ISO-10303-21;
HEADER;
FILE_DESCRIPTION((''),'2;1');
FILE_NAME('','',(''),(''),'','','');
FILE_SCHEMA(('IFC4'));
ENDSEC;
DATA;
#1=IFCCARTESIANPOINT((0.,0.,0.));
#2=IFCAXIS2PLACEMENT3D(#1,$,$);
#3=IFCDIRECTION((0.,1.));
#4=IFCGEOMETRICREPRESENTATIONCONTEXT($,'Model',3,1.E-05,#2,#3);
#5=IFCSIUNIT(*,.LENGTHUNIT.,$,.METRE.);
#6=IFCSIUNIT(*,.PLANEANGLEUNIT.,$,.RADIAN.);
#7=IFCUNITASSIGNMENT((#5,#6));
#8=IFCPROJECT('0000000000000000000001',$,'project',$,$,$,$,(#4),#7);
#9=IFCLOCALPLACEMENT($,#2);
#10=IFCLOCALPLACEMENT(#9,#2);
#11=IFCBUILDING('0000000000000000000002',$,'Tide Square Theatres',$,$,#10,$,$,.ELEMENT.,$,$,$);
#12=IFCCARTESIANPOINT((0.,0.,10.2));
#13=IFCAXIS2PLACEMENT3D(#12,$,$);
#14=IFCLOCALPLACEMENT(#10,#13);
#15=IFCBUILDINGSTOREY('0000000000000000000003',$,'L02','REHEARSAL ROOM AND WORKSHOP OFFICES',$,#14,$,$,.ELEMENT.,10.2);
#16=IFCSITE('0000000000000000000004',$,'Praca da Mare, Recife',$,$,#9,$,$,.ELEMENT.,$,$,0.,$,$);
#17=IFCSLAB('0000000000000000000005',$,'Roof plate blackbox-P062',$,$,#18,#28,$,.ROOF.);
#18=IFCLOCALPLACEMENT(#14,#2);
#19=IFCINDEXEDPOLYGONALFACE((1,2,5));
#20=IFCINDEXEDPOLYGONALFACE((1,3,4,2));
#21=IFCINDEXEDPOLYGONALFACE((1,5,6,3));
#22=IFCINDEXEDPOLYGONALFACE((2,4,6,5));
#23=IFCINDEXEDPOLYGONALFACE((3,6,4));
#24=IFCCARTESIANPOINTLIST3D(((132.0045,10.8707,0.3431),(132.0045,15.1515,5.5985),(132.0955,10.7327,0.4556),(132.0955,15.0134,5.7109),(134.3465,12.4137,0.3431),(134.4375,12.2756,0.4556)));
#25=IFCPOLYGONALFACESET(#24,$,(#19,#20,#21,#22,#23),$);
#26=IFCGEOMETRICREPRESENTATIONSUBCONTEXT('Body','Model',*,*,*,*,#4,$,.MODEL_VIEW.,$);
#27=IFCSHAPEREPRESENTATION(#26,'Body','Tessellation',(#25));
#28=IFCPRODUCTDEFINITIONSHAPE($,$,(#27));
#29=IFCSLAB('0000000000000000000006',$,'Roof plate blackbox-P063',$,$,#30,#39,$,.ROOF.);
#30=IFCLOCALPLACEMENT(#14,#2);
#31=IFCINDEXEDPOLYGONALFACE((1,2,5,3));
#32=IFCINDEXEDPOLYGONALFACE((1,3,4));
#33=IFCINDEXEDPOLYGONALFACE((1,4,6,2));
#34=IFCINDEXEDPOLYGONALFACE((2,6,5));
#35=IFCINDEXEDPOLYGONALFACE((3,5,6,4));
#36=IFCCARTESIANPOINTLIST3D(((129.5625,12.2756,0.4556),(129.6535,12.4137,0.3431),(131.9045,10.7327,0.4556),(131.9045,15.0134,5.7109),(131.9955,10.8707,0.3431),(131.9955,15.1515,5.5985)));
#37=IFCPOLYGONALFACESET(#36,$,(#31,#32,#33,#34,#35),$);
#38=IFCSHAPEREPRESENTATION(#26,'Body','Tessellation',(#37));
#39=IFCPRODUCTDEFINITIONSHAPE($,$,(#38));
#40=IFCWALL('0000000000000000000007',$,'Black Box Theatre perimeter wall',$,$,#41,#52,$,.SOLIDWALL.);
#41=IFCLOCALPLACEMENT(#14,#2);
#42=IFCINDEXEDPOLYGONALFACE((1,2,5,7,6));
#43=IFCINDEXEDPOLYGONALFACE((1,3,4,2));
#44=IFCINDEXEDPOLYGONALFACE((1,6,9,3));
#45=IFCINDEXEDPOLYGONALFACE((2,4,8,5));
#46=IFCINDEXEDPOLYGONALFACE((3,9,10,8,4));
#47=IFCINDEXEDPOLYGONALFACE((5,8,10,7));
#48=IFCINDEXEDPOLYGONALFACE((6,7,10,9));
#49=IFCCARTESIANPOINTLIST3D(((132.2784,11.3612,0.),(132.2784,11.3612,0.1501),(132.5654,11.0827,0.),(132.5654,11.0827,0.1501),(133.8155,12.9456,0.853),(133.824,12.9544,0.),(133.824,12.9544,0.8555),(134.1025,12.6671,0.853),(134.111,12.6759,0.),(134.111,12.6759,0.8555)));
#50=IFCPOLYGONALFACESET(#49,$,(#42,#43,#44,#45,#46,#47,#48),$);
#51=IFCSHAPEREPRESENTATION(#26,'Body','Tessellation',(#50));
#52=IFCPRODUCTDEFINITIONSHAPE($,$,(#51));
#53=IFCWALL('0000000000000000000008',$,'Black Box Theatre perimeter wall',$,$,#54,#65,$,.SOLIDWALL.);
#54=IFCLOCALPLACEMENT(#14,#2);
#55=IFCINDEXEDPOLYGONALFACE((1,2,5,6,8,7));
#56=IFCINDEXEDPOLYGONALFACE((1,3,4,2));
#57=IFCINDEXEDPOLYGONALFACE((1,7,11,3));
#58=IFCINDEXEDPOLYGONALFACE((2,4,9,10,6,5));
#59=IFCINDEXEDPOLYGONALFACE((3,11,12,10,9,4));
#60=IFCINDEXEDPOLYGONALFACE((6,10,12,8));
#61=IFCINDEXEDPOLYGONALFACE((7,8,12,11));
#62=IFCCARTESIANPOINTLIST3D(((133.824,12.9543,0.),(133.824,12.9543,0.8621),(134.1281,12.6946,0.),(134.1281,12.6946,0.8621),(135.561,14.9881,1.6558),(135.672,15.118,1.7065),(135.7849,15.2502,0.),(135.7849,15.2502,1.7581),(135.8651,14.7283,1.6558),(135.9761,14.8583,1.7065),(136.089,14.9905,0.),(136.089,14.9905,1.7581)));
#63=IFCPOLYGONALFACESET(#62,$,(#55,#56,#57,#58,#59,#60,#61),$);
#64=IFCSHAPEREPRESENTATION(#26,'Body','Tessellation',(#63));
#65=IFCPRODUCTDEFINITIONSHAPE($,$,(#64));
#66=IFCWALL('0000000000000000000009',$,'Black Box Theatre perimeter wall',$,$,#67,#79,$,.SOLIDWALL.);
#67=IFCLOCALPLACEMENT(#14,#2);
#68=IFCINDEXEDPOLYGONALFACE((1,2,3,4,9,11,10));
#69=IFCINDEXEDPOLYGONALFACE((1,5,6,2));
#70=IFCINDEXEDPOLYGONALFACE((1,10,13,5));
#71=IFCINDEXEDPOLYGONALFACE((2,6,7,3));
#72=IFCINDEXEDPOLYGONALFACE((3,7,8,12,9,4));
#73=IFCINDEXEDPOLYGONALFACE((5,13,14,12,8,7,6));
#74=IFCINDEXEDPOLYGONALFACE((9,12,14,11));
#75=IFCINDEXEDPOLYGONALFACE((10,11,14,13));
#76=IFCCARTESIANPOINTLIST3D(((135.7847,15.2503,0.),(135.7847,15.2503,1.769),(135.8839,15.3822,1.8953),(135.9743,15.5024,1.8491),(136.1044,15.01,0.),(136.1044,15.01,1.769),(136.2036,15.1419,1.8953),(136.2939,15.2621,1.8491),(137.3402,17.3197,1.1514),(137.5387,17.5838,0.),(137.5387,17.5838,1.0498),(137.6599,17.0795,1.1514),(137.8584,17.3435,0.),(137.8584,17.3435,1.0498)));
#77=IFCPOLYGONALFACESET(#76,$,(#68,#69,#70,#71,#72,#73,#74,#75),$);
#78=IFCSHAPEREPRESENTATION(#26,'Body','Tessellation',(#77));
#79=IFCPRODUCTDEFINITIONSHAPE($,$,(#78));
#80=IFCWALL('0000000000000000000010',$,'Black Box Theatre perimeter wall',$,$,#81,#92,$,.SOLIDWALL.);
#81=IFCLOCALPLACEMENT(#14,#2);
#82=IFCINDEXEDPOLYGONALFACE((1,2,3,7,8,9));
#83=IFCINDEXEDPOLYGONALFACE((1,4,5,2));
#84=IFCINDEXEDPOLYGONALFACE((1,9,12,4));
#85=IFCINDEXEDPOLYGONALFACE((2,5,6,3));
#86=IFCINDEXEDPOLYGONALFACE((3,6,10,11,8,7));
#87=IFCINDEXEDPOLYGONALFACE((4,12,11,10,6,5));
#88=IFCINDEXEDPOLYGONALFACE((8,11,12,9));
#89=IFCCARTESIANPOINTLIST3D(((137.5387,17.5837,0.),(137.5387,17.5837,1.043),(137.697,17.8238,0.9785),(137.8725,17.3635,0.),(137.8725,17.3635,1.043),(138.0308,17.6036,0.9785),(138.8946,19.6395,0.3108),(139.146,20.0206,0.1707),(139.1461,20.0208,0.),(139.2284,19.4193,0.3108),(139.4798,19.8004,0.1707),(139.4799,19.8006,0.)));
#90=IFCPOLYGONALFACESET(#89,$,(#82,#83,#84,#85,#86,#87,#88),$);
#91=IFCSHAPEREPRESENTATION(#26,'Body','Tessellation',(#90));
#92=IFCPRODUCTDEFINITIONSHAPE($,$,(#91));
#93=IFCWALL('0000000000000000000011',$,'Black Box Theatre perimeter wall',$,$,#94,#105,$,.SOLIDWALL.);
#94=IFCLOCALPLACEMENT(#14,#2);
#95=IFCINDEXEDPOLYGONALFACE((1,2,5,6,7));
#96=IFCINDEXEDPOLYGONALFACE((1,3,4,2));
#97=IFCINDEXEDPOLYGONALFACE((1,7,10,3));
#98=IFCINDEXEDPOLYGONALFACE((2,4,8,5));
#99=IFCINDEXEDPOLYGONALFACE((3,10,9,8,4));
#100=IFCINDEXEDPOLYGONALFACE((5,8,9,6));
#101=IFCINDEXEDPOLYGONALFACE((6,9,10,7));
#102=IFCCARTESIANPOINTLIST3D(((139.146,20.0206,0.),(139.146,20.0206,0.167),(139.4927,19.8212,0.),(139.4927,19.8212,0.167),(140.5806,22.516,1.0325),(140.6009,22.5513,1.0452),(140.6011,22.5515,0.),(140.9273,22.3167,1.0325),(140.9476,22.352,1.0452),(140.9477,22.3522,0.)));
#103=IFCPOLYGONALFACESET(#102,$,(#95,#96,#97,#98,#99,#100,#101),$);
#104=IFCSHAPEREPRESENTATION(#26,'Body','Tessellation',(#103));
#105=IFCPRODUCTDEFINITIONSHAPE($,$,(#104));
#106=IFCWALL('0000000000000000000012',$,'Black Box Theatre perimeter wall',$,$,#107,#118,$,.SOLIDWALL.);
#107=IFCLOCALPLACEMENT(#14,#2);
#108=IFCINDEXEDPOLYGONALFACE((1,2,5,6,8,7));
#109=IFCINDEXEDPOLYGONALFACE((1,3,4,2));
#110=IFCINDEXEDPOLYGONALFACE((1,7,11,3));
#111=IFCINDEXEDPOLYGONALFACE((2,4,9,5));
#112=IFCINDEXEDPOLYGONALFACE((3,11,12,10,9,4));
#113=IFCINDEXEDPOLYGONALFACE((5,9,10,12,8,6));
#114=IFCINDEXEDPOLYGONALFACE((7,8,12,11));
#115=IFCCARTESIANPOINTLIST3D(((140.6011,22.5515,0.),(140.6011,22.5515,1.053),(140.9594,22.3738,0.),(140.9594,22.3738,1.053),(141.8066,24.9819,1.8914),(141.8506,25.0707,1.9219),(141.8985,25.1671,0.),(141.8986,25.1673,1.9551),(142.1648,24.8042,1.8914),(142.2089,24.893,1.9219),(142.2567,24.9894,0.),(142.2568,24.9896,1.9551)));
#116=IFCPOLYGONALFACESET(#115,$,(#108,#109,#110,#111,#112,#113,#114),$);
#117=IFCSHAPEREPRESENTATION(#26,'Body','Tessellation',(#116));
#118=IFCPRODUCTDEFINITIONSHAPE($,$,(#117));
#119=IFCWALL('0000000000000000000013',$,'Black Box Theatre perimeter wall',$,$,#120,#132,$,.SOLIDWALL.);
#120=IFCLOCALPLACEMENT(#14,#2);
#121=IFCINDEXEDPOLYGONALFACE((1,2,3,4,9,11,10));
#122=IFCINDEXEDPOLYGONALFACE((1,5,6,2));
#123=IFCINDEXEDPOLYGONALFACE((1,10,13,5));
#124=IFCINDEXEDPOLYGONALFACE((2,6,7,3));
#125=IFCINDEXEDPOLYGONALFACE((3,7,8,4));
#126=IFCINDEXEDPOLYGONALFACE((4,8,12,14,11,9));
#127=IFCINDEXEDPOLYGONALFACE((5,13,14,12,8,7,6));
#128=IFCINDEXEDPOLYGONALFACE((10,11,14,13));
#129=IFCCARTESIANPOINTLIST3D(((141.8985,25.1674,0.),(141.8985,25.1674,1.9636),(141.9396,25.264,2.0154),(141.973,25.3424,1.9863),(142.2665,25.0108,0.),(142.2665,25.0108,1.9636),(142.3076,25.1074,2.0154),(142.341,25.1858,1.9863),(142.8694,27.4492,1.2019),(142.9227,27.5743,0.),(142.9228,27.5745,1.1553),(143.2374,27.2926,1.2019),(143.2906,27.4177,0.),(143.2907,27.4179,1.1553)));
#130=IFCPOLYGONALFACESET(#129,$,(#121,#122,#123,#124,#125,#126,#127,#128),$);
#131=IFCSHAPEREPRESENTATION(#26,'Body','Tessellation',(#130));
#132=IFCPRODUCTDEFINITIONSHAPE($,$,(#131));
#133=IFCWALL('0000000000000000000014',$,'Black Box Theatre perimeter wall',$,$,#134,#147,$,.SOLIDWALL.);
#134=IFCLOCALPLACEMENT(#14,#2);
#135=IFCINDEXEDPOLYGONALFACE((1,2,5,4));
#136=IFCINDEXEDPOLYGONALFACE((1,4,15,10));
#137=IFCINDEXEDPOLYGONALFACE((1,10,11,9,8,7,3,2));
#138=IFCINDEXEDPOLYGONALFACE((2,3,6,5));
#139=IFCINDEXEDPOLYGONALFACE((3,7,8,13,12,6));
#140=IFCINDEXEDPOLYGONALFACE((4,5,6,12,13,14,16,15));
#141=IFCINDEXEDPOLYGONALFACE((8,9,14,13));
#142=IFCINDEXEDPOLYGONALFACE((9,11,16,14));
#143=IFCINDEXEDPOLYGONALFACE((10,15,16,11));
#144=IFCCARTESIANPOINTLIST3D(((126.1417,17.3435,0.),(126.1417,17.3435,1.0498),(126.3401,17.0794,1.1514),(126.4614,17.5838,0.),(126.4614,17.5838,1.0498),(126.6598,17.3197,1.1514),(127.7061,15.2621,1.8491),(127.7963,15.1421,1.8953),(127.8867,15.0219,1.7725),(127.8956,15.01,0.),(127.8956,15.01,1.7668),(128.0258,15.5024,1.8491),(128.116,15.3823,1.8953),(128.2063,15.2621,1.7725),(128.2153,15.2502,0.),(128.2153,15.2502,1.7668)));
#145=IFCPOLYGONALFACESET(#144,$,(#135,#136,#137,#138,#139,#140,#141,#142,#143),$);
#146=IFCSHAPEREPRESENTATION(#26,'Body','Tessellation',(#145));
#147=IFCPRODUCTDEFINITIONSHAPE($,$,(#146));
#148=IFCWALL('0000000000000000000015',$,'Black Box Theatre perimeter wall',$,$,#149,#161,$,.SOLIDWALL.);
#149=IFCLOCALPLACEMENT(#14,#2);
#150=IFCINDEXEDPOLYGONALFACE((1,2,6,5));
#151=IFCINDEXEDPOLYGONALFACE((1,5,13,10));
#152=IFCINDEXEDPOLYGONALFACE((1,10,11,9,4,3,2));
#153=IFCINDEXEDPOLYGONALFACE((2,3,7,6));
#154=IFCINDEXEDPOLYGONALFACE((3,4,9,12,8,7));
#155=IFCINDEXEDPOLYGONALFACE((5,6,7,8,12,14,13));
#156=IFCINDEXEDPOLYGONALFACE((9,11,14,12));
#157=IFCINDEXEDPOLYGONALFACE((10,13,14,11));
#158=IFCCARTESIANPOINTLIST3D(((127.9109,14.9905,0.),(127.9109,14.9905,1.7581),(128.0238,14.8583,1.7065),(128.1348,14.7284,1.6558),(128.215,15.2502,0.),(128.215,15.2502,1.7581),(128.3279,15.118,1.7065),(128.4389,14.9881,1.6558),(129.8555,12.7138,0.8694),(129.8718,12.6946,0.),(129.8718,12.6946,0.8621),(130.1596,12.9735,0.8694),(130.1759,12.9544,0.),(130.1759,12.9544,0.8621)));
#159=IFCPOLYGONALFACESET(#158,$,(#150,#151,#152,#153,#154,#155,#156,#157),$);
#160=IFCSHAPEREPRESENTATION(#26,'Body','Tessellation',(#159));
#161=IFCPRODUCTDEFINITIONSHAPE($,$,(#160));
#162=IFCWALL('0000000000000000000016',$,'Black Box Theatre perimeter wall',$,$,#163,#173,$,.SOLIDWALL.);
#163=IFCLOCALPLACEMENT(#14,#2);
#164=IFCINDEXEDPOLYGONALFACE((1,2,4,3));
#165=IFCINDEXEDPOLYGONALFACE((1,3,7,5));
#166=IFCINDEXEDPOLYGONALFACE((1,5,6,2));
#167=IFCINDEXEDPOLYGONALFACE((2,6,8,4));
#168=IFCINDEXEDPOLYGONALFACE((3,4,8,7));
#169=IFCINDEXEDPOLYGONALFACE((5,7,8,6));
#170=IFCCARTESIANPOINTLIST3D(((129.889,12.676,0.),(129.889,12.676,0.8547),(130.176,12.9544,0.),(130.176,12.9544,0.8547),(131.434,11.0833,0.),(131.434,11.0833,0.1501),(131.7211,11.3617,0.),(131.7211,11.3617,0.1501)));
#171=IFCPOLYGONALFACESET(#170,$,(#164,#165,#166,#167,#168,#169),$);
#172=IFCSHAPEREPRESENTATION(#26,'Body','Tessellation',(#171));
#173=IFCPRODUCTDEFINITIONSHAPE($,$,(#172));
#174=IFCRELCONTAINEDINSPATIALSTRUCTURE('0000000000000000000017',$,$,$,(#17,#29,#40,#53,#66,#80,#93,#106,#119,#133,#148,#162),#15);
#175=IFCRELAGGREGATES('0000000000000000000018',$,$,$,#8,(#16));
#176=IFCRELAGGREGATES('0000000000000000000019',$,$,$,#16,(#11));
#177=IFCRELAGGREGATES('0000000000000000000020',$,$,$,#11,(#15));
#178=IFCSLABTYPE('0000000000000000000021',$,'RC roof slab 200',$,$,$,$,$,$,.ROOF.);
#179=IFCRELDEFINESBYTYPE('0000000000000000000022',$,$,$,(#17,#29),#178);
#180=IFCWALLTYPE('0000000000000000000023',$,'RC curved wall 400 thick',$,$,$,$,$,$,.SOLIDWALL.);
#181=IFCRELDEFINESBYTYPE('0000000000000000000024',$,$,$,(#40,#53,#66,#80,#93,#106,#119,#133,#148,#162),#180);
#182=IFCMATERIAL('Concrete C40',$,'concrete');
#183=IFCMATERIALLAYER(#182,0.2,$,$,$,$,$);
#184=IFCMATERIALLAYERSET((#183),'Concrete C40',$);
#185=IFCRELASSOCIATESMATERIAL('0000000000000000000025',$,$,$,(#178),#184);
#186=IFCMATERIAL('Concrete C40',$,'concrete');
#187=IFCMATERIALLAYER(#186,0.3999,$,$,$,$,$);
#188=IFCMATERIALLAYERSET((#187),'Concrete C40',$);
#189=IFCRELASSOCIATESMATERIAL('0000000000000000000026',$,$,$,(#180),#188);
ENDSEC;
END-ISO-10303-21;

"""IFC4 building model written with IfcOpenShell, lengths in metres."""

from ifc_helpers import new_model, si_unit, direction, frame, origin, place, context, subcontext, project, spatial, polyline, outline, extrude, material, layer, layer_set, type_object, element, save


model = new_model("IFC4")

# Units and contexts
model_context = context("Model", 3, precision=1e-05, world=origin(), true_north=direction((0.0, 1.0)))
body_context = subcontext(model_context, "Body", "Model", "MODEL_VIEW")
ifc_project = project(units=[si_unit("LENGTHUNIT", "METRE"), si_unit("PLANEANGLEUNIT", "RADIAN")], contexts=[model_context])

# Site, building, storey
site_placement = place(None, origin())
site = spatial("IfcSite", under=ifc_project, at=site_placement, Name="Praca da Mare, Recife", CompositionType="ELEMENT", RefElevation=0.0)
building_placement = place(site_placement, origin())
building = spatial("IfcBuilding", under=site, at=building_placement, Name="Tide Square Theatres", CompositionType="ELEMENT")
storey_placement = place(building_placement, frame((0.0, 0.0, 10.2)))
storey = spatial("IfcBuildingStorey", under=building, at=storey_placement, Name="L02", Description="REHEARSAL ROOM AND WORKSHOP OFFICES", CompositionType="ELEMENT", Elevation=10.2)

# Slabs
ifc_material_1 = material(Name="Concrete C40", Category="concrete")
ifc_layer_1 = layer(ifc_material_1, 0.2)
ifc_layer_set_1 = layer_set([ifc_layer_1], Name="Concrete C40")
slab_type = type_object("IfcSlabType", Name="RC roof slab 200", PredefinedType="ROOF", material=ifc_layer_set_1)
slab_1_placement = place(storey_placement, frame((132.0955, 10.7327, 0.4556), z_axis=(0.454893, -0.690472, 0.562424), x_axis=(0.835065, 0.550152, 0.0)))
element("IfcSlab", 1, at=slab_1_placement, inside=storey, type_object=slab_type, Name="Roof plate blackbox-P062", PredefinedType="ROOF", context=body_context, shape_type="SweptSolid", body=[
    extrude(outline(polyline([(0.0, 0.0), (2.8046, 0.0), (2.3551, 6.3559), (0.0, 0.0)])), origin(), (0.0, 0.0, -1.0), 0.2),
])
slab_2_placement = place(storey_placement, frame((129.5625, 12.2756, 0.4556), z_axis=(-0.454893, -0.690472, 0.562424), x_axis=(0.835065, -0.550152, 0.0)))
element("IfcSlab", 2, at=slab_2_placement, inside=storey, type_object=slab_type, Name="Roof plate blackbox-P063", PredefinedType="ROOF", context=body_context, shape_type="SweptSolid", body=[
    extrude(outline(polyline([(0.0, 0.0), (2.8046, 0.0), (0.4496, 6.3559), (0.0, 0.0)])), origin(), (0.0, 0.0, -1.0), 0.2),
])

# Walls
ifc_material_2 = material(Name="Concrete C40", Category="concrete")
ifc_layer_2 = layer(ifc_material_2, 0.3999)
ifc_layer_set_2 = layer_set([ifc_layer_2], Name="Concrete C40")
wall_type = type_object("IfcWallType", Name="RC curved wall 400 thick", PredefinedType="SOLIDWALL", material=ifc_layer_set_2)
wall_1_placement = place(storey_placement, frame((132.4219, 11.2219, 0.0), z_axis=(0.0, 0.0, 1.0), x_axis=(0.696302, 0.717749, 0.0)))
element("IfcWall", 3, at=wall_1_placement, inside=storey, type_object=wall_type, Name="Black Box Theatre perimeter wall", PredefinedType="SOLIDWALL", context=body_context, shape_type="SweptSolid", body=[
    extrude(outline(polyline([(0.0, 0.0), (2.2197, 0.0), (2.2197, 0.8555), (2.2075, 0.853), (0.0, 0.1501), (0.0, 0.0)])), frame((0.0, 0.2, 0.0), z_axis=(0.0, -1.0, 0.0), x_axis=(1.0, 0.0, 0.0)), (0.0, 0.0, 1.0), 0.3999),
])
wall_2_placement = place(storey_placement, frame((133.9761, 12.8245, 0.0), z_axis=(0.0, 0.0, 1.0), x_axis=(0.649459, 0.760397, 0.0)))
element("IfcWall", 4, at=wall_2_placement, inside=storey, type_object=wall_type, Name="Black Box Theatre perimeter wall", PredefinedType="SOLIDWALL", context=body_context, shape_type="SweptSolid", body=[
    extrude(outline(polyline([(0.0, 0.0), (3.0193, 0.0), (3.0193, 1.7581), (2.8455, 1.7065), (2.6746, 1.6558), (0.0, 0.8621), (0.0, 0.0)])), frame((0.0, 0.2, 0.0), z_axis=(0.0, -1.0, 0.0), x_axis=(1.0, 0.0, 0.0)), (0.0, 0.0, 1.0), 0.3999),
])
wall_3_placement = place(storey_placement, frame((135.9446, 15.1301, 0.0), z_axis=(0.0, 0.0, 1.0), x_axis=(0.600829, 0.799377, 0.0)))
element("IfcWall", 5, at=wall_3_placement, inside=storey, type_object=wall_type, Name="Black Box Theatre perimeter wall", PredefinedType="SOLIDWALL", context=body_context, shape_type="SweptSolid", body=[
    extrude(outline(polyline([(0.0, 0.0), (2.9192, 0.0), (2.9192, 1.0498), (2.5889, 1.1514), (0.3154, 1.8491), (0.165, 1.8953), (0.0, 1.769), (0.0, 0.0)])), frame((0.0, 0.2, 0.0), z_axis=(0.0, -1.0, 0.0), x_axis=(1.0, 0.0, 0.0)), (0.0, 0.0, 1.0), 0.3999),
])
wall_4_placement = place(storey_placement, frame((137.7056, 17.4736, 0.0), z_axis=(0.0, 0.0, 1.0), x_axis=(0.550602, 0.834768, 0.0)))
element("IfcWall", 6, at=wall_4_placement, inside=storey, type_object=wall_type, Name="Black Box Theatre perimeter wall", PredefinedType="SOLIDWALL", context=body_context, shape_type="SweptSolid", body=[
    extrude(outline(polyline([(0.0, 0.0), (2.9194, 0.0), (2.9192, 0.1707), (2.4626, 0.3108), (0.2876, 0.9785), (0.0, 1.043), (0.0, 0.0)])), frame((0.0, 0.2, 0.0), z_axis=(0.0, -1.0, 0.0), x_axis=(1.0, 0.0, 0.0)), (0.0, 0.0, 1.0), 0.3999),
])
wall_5_placement = place(storey_placement, frame((139.3193, 19.9209, 0.0), z_axis=(0.0, 0.0, 1.0), x_axis=(0.498407, 0.866943, 0.0)))
element("IfcWall", 7, at=wall_5_placement, inside=storey, type_object=wall_type, Name="Black Box Theatre perimeter wall", PredefinedType="SOLIDWALL", context=body_context, shape_type="SweptSolid", body=[
    extrude(outline(polyline([(0.0, 0.0), (2.9194, 0.0), (2.9192, 1.0452), (2.8784, 1.0325), (0.0, 0.167), (0.0, 0.0)])), frame((0.0, 0.2, 0.0), z_axis=(0.0, -1.0, 0.0), x_axis=(1.0, 0.0, 0.0)), (0.0, 0.0, 1.0), 0.3999),
])
wall_6_placement = place(storey_placement, frame((140.7803, 22.4626, 0.0), z_axis=(0.0, 0.0, 1.0), x_axis=(0.444335, 0.895861, 0.0)))
element("IfcWall", 8, at=wall_6_placement, inside=storey, type_object=wall_type, Name="Black Box Theatre perimeter wall", PredefinedType="SOLIDWALL", context=body_context, shape_type="SweptSolid", body=[
    extrude(outline(polyline([(0.0, 0.0), (2.9197, 0.0), (2.9199, 1.9551), (2.812, 1.9219), (2.7129, 1.8914), (0.0, 1.053), (0.0, 0.0)])), frame((0.0, 0.2, 0.0), z_axis=(0.0, -1.0, 0.0), x_axis=(1.0, 0.0, 0.0)), (0.0, 0.0, 1.0), 0.3999),
])
wall_7_placement = place(storey_placement, frame((142.0825, 25.0891, 0.0), z_axis=(0.0, 0.0, 1.0), x_axis=(0.39153, 0.920165, 0.0)))
element("IfcWall", 9, at=wall_7_placement, inside=storey, type_object=wall_type, Name="Black Box Theatre perimeter wall", PredefinedType="SOLIDWALL", context=body_context, shape_type="SweptSolid", body=[
    extrude(outline(polyline([(0.0, 0.0), (2.6157, 0.0), (2.616, 1.1553), (2.4797, 1.2019), (0.1902, 1.9863), (0.105, 2.0154), (0.0, 1.9636), (0.0, 0.0)])), frame((0.0, 0.2, 0.0), z_axis=(0.0, -1.0, 0.0), x_axis=(1.0, 0.0, 0.0)), (0.0, 0.0, 1.0), 0.3999),
])
wall_8_placement = place(storey_placement, frame((126.3015, 17.4636, 0.0), z_axis=(0.0, 0.0, 1.0), x_axis=(0.600829, -0.799377, 0.0)))
element("IfcWall", 10, at=wall_8_placement, inside=storey, type_object=wall_type, Name="Black Box Theatre perimeter wall", PredefinedType="SOLIDWALL", context=body_context, shape_type="SweptSolid", body=[
    extrude(outline(polyline([(0.0, 0.0), (2.9192, 0.0), (2.9192, 1.7668), (2.9043, 1.7725), (2.7539, 1.8953), (2.6038, 1.8491), (0.3303, 1.1514), (0.0, 1.0498), (0.0, 0.0)])), frame((0.0, 0.2, 0.0), z_axis=(0.0, -1.0, 0.0), x_axis=(1.0, 0.0, 0.0)), (0.0, 0.0, 1.0), 0.3999),
])
wall_9_placement = place(storey_placement, frame((128.063, 15.1204, 0.0), z_axis=(0.0, 0.0, 1.0), x_axis=(0.649459, -0.760397, 0.0)))
element("IfcWall", 11, at=wall_9_placement, inside=storey, type_object=wall_type, Name="Black Box Theatre perimeter wall", PredefinedType="SOLIDWALL", context=body_context, shape_type="SweptSolid", body=[
    extrude(outline(polyline([(0.0, 0.0), (3.0193, 0.0), (3.0193, 0.8621), (2.9941, 0.8694), (0.3447, 1.6558), (0.1738, 1.7065), (0.0, 1.7581), (0.0, 0.0)])), frame((0.0, 0.2, 0.0), z_axis=(0.0, -1.0, 0.0), x_axis=(1.0, 0.0, 0.0)), (0.0, 0.0, 1.0), 0.3999),
])
wall_10_placement = place(storey_placement, frame((130.0325, 12.8152, 0.0), z_axis=(0.0, 0.0, 1.0), x_axis=(0.696299, -0.717752, 0.0)))
element("IfcWall", 12, at=wall_10_placement, inside=storey, type_object=wall_type, Name="Black Box Theatre perimeter wall", PredefinedType="SOLIDWALL", context=body_context, shape_type="SweptSolid", body=[
    extrude(outline(polyline([(0.0, 0.0), (2.219, 0.0), (2.219, 0.1501), (0.0, 0.8547), (0.0, 0.0)])), frame((0.0, 0.2, 0.0), z_axis=(0.0, -1.0, 0.0), x_axis=(1.0, 0.0, 0.0)), (0.0, 0.0, 1.0), 0.3999),
])

save(model, "model.ifc")
